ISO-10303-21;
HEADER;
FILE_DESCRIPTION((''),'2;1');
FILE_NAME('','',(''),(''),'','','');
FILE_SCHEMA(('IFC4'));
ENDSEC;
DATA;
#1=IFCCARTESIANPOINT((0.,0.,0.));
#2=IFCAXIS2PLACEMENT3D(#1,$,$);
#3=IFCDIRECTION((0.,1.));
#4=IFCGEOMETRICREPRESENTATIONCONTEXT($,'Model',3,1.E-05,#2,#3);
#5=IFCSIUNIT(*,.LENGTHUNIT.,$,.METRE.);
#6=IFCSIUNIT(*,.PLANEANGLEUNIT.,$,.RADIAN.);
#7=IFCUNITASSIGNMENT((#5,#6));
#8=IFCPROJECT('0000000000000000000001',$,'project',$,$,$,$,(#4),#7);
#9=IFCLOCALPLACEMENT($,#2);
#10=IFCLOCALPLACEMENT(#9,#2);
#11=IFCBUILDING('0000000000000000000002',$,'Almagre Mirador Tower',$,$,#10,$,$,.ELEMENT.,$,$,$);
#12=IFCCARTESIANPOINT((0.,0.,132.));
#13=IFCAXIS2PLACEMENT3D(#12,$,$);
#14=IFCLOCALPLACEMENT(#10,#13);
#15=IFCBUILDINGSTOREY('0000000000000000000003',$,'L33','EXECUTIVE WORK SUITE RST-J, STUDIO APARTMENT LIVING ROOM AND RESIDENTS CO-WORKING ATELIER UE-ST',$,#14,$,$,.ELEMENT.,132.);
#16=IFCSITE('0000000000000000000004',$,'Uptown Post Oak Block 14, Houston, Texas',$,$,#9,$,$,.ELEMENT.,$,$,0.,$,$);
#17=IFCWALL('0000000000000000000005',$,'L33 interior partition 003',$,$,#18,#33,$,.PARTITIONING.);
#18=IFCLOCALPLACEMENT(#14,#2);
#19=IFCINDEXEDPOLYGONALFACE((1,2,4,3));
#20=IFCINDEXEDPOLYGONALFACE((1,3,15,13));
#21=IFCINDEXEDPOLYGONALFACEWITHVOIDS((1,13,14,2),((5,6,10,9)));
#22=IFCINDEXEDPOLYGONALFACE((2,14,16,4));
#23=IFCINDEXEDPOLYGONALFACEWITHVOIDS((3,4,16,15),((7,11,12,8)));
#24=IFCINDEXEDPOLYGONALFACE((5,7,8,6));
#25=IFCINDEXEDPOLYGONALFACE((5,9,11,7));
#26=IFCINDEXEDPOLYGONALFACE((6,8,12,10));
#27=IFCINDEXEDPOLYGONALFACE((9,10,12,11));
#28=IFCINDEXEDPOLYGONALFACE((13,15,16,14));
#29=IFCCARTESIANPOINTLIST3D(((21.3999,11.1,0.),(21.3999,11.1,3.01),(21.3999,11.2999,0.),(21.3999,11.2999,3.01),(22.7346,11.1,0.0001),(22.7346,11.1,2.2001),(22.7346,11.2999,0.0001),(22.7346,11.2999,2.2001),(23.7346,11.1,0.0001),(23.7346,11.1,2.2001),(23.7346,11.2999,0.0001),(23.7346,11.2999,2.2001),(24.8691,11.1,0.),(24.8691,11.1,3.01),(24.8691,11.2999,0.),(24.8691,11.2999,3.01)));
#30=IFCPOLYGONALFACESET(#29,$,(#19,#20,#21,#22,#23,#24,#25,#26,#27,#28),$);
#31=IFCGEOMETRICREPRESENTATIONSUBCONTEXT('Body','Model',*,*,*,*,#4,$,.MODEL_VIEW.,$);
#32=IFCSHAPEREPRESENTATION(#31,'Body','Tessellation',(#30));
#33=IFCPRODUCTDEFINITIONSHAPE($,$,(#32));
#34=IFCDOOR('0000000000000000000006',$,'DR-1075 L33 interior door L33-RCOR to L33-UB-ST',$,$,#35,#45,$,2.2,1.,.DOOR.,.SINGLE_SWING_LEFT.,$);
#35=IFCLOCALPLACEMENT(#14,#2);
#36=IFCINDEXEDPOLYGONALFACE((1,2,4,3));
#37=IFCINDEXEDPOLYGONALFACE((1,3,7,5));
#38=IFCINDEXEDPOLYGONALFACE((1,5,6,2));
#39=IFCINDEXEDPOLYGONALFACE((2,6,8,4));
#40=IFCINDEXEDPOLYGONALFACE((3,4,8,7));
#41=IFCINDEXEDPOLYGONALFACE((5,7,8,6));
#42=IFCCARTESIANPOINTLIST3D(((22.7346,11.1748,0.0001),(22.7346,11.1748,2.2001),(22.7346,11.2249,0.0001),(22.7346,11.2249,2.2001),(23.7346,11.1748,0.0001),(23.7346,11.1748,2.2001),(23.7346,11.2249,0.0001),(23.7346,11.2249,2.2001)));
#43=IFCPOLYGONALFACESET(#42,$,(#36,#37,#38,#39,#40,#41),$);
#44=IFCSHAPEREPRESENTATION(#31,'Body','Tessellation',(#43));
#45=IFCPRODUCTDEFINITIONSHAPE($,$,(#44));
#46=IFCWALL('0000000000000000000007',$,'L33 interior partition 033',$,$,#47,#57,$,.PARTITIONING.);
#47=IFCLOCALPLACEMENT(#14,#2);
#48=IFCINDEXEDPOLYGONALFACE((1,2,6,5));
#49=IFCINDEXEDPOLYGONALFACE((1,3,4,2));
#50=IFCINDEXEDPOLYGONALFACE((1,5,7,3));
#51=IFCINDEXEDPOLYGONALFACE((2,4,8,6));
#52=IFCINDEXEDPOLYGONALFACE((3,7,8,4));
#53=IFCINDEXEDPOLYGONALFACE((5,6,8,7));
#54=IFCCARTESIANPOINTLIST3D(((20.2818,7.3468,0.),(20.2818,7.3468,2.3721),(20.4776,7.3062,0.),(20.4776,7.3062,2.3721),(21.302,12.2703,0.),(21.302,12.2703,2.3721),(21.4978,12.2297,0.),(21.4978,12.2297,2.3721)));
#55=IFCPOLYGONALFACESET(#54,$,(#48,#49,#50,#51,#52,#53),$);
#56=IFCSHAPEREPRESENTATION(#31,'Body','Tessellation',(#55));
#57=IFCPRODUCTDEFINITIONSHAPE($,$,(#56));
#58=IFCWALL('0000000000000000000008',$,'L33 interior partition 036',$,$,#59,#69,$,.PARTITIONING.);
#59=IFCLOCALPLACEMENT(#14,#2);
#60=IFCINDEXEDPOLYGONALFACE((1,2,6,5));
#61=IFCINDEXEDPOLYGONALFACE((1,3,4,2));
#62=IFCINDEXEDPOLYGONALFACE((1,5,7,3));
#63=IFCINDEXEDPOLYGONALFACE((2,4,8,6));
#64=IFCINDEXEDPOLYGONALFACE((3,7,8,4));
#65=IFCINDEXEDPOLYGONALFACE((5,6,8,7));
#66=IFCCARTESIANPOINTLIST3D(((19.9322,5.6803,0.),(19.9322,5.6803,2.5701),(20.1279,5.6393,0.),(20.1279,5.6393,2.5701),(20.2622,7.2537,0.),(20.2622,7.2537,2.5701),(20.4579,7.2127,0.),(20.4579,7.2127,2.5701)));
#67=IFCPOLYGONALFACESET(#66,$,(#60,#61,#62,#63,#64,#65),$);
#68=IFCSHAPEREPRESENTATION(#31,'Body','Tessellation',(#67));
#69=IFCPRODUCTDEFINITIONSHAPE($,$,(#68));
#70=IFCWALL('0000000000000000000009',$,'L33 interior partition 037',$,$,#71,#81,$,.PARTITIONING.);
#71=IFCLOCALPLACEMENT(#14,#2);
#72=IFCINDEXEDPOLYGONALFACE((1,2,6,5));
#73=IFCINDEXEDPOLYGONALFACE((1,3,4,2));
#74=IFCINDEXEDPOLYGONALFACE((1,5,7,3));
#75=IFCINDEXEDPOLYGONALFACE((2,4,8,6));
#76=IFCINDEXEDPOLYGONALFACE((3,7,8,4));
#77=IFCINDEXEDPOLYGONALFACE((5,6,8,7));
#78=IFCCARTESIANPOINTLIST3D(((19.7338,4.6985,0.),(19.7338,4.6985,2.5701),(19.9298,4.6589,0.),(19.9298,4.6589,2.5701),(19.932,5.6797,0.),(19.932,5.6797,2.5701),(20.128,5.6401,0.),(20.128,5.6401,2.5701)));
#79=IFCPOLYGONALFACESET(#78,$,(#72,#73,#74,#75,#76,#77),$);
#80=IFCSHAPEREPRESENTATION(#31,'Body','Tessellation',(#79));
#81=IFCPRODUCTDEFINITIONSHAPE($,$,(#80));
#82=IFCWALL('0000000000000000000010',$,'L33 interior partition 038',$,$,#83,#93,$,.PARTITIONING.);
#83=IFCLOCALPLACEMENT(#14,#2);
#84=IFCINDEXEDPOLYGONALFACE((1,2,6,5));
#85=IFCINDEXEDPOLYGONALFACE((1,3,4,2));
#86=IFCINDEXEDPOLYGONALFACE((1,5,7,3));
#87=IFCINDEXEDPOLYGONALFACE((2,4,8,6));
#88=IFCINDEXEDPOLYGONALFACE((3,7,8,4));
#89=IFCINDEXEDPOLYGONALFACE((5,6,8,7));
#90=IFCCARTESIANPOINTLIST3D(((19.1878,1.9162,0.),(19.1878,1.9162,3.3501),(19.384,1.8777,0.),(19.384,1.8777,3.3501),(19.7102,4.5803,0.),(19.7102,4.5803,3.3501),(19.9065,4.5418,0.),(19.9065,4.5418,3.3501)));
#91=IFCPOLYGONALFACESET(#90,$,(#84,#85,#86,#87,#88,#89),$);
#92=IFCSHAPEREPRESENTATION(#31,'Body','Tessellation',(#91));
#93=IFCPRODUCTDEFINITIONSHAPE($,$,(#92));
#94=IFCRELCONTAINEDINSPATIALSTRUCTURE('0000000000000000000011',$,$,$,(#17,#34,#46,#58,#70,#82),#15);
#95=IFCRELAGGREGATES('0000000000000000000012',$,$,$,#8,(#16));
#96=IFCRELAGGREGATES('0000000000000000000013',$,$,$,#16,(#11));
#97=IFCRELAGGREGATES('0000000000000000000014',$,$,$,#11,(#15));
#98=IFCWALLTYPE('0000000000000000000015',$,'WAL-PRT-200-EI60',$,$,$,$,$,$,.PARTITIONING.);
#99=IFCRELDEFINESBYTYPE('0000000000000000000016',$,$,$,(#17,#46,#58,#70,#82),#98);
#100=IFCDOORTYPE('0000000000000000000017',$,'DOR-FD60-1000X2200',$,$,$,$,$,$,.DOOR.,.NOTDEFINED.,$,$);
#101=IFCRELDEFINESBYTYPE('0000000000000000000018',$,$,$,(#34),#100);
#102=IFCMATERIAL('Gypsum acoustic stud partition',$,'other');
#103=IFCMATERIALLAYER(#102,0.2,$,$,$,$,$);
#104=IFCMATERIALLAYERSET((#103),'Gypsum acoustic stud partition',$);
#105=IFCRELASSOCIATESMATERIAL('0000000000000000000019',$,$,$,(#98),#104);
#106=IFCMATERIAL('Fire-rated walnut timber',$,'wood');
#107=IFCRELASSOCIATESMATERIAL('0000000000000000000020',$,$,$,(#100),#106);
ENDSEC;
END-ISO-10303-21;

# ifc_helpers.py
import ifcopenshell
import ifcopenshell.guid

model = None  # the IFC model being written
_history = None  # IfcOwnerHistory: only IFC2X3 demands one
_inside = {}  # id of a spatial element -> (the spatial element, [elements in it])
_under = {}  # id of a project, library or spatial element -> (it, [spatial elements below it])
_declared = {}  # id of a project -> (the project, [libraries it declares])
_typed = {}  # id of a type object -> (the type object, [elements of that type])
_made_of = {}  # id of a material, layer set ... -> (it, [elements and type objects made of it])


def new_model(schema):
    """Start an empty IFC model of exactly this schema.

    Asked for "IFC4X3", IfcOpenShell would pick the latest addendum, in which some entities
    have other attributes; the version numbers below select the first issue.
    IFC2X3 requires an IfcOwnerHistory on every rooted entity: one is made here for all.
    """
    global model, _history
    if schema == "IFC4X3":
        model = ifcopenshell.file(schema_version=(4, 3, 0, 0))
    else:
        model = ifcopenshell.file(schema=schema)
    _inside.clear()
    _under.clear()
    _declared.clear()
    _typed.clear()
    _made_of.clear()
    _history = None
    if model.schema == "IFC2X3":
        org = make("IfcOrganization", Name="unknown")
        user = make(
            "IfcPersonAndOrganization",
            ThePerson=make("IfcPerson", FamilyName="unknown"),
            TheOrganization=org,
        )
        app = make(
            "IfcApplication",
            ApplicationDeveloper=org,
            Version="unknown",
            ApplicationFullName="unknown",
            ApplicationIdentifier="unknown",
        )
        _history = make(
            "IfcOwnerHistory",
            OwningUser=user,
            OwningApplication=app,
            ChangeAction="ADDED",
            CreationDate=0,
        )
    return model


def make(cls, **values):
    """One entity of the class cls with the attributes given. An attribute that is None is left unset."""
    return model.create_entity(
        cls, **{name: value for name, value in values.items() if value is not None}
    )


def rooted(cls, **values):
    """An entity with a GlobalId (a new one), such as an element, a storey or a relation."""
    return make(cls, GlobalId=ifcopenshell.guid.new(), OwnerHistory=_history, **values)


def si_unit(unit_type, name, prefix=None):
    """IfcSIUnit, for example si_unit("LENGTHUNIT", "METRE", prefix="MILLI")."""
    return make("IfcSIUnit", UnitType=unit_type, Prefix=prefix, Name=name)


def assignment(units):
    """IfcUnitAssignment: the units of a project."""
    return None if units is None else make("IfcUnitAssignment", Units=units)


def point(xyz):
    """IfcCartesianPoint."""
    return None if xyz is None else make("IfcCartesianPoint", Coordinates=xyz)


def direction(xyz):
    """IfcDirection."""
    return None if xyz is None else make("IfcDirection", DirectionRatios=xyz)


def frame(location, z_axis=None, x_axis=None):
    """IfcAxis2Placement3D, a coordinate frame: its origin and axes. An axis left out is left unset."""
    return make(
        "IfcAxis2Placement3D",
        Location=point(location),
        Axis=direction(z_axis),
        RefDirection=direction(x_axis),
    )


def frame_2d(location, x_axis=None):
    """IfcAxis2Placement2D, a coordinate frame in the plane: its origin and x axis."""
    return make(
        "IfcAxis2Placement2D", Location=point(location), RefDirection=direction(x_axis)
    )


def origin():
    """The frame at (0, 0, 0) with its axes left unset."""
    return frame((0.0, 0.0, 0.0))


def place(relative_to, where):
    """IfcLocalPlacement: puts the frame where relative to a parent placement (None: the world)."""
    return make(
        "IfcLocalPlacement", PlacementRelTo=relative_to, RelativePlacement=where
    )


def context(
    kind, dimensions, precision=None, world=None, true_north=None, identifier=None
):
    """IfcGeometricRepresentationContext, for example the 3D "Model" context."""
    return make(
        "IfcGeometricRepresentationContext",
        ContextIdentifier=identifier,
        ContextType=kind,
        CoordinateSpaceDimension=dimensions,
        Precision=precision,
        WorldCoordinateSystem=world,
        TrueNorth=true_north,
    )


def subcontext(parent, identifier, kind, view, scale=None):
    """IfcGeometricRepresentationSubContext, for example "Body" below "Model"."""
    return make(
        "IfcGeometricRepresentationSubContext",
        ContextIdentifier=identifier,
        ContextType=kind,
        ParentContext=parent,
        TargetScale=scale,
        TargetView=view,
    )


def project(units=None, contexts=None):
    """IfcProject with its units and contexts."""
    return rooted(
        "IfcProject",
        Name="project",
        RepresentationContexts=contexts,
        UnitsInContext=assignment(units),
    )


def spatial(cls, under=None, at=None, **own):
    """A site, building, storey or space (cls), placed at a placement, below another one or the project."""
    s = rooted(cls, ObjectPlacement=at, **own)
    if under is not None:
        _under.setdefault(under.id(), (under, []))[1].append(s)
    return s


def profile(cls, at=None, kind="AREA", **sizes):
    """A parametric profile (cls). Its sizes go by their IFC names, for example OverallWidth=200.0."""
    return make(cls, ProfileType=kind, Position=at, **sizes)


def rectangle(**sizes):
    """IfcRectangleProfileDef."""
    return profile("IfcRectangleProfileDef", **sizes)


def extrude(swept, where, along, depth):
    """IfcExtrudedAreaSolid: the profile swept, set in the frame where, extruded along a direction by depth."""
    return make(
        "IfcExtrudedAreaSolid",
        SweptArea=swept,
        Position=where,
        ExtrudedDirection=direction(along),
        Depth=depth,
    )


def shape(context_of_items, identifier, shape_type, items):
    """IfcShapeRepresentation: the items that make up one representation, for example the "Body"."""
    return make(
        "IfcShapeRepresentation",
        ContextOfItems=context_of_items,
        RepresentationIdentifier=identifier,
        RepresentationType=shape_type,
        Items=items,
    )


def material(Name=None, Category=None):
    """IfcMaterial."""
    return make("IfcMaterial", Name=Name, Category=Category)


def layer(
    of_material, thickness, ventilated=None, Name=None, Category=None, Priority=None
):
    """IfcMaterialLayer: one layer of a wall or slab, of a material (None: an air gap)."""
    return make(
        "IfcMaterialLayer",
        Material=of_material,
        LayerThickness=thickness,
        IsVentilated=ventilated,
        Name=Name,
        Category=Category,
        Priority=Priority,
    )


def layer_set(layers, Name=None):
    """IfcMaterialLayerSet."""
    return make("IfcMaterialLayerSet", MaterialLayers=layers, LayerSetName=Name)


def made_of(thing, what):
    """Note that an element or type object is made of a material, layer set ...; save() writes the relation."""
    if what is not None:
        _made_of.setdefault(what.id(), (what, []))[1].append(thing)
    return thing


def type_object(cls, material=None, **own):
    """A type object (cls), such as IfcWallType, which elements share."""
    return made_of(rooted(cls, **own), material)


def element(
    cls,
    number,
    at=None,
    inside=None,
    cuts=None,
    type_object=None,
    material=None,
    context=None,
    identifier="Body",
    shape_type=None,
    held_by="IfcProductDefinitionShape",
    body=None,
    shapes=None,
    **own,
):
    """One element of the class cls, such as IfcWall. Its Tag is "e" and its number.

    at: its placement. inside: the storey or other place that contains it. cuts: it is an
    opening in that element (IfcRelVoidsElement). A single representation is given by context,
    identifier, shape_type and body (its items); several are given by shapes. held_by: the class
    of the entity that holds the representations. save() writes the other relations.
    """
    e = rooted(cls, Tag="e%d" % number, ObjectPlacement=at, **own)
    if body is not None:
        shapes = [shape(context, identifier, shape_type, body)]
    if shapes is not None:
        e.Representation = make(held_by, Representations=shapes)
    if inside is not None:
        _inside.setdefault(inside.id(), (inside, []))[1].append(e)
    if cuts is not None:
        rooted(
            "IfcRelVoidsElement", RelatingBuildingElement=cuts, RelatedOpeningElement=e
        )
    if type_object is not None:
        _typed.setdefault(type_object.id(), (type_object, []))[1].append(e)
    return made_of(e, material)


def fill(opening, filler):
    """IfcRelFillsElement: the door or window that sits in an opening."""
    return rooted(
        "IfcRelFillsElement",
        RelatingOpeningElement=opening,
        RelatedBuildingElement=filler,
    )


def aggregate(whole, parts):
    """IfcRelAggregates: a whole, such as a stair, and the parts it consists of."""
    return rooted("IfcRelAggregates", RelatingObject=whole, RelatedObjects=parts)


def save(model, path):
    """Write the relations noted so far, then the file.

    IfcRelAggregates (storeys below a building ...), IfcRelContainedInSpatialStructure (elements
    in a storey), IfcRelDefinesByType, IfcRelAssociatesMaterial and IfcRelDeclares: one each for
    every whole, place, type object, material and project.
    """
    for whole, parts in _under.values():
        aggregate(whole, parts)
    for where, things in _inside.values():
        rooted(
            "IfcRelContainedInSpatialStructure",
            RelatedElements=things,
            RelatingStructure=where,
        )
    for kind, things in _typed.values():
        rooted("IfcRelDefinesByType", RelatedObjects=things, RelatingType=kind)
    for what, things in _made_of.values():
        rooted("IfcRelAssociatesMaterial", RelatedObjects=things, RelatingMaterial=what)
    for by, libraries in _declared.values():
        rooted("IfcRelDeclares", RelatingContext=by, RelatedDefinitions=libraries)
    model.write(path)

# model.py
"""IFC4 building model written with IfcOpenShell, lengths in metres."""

from ifc_helpers import new_model, si_unit, direction, frame, frame_2d, origin, place, context, subcontext, project, spatial, rectangle, extrude, material, layer, layer_set, type_object, element, fill, save


model = new_model("IFC4")

# Units and contexts
model_context = context("Model", 3, precision=1e-05, world=origin(), true_north=direction((0.0, 1.0)))
body_context = subcontext(model_context, "Body", "Model", "MODEL_VIEW")
ifc_project = project(units=[si_unit("LENGTHUNIT", "METRE"), si_unit("PLANEANGLEUNIT", "RADIAN")], contexts=[model_context])

# Site, building, storey
site_placement = place(None, origin())
site = spatial("IfcSite", under=ifc_project, at=site_placement, Name="Uptown Post Oak Block 14, Houston, Texas", CompositionType="ELEMENT", RefElevation=0.0)
building_placement = place(site_placement, origin())
building = spatial("IfcBuilding", under=site, at=building_placement, Name="Almagre Mirador Tower", CompositionType="ELEMENT")
storey_placement = place(building_placement, frame((0.0, 0.0, 132.0)))
storey = spatial("IfcBuildingStorey", under=building, at=storey_placement, Name="L33", Description="EXECUTIVE WORK SUITE RST-J, STUDIO APARTMENT LIVING ROOM AND RESIDENTS CO-WORKING ATELIER UE-ST", CompositionType="ELEMENT", Elevation=132.0)

# Wall, opening, door
ifc_material_1 = material(Name="Gypsum acoustic stud partition", Category="other")
ifc_layer_1 = layer(ifc_material_1, 0.2)
ifc_layer_set_1 = layer_set([ifc_layer_1], Name="Gypsum acoustic stud partition")
wall_type_1 = type_object("IfcWallType", Name="WAL-PRT-200-EI60", PredefinedType="PARTITIONING", material=ifc_layer_set_1)
wall_1_placement = place(storey_placement, frame((21.3999, 11.2, 0.0), z_axis=(0.0, 0.0, 1.0), x_axis=(1.0, 0.0, 0.0)))
wall_1 = element("IfcWall", 1, at=wall_1_placement, inside=storey, type_object=wall_type_1, Name="L33 interior partition 003", PredefinedType="PARTITIONING", context=body_context, shape_type="SweptSolid", body=[
    extrude(rectangle(XDim=3.4692, YDim=0.2, at=frame_2d((1.7346, 0.0))), origin(), (0.0, 0.0, 1.0), 3.01),
])
opening_1_placement = place(wall_1_placement, frame((1.3347, 0.0, 0.0)))
opening_1 = element("IfcOpeningElement", 2, at=opening_1_placement, cuts=wall_1, PredefinedType="OPENING", context=body_context, shape_type="SweptSolid", body=[
    extrude(rectangle(XDim=1.0, YDim=2.2, at=frame_2d((0.5, 1.1001))), frame((0.0, 0.1101, 0.0), z_axis=(0.0, -1.0, 0.0), x_axis=(1.0, 0.0, 0.0)), (0.0, 0.0, 1.0), 0.22),
])
ifc_material_2 = material(Name="Fire-rated walnut timber", Category="wood")
door_type_1 = type_object("IfcDoorType", Name="DOR-FD60-1000X2200", OperationType="NOTDEFINED", PredefinedType="DOOR", material=ifc_material_2)
door_1_placement = place(opening_1_placement, origin())
door_1 = element("IfcDoor", 3, at=door_1_placement, inside=storey, type_object=door_type_1, Name="DR-1075 L33 interior door L33-RCOR to L33-UB-ST", OperationType="SINGLE_SWING_LEFT", OverallHeight=2.2, OverallWidth=1.0, PredefinedType="DOOR", context=body_context, shape_type="SweptSolid", body=[
    extrude(rectangle(XDim=1.0, YDim=2.2, at=frame_2d((0.5, 1.1001))), frame((0.0, 0.0249, 0.0), z_axis=(0.0, -1.0, 0.0), x_axis=(1.0, 0.0, 0.0)), (0.0, 0.0, 1.0), 0.05),
])
fill(opening_1, door_1)

# Walls
wall_2_placement = place(storey_placement, frame((20.3796, 7.3264, 0.0), z_axis=(0.0, 0.0, 1.0), x_axis=(0.202909, 0.979198, 0.0)))
element("IfcWall", 4, at=wall_2_placement, inside=storey, type_object=wall_type_1, Name="L33 interior partition 033", PredefinedType="PARTITIONING", context=body_context, shape_type="SweptSolid", body=[
    extrude(rectangle(XDim=5.0281, YDim=0.2, at=frame_2d((2.5142, 0.0))), origin(), (0.0, 0.0, 1.0), 2.3721),
])
wall_3_placement = place(storey_placement, frame((20.03, 5.6599, 0.0), z_axis=(0.0, 0.0, 1.0), x_axis=(0.205306, 0.978698, 0.0)))
element("IfcWall", 5, at=wall_3_placement, inside=storey, type_object=wall_type_1, Name="L33 interior partition 036", PredefinedType="PARTITIONING", context=body_context, shape_type="SweptSolid", body=[
    extrude(rectangle(XDim=1.6077, YDim=0.2, at=frame_2d((0.8037, 0.0))), origin(), (0.0, 0.0, 1.0), 2.5701),
])
wall_4_placement = place(storey_placement, frame((19.8318, 4.6787, 0.0), z_axis=(0.0, 0.0, 1.0), x_axis=(0.198039, 0.980194, 0.0)))
element("IfcWall", 6, at=wall_4_placement, inside=storey, type_object=wall_type_1, Name="L33 interior partition 037", PredefinedType="PARTITIONING", context=body_context, shape_type="SweptSolid", body=[
    extrude(rectangle(XDim=1.001, YDim=0.2, at=frame_2d((0.5005, 0.0))), origin(), (0.0, 0.0, 1.0), 2.5701),
])
wall_5_placement = place(storey_placement, frame((19.2859, 1.897, 0.0), z_axis=(0.0, 0.0, 1.0), x_axis=(0.192448, 0.981307, 0.0)))
element("IfcWall", 7, at=wall_5_placement, inside=storey, type_object=wall_type_1, Name="L33 interior partition 038", PredefinedType="PARTITIONING", context=body_context, shape_type="SweptSolid", body=[
    extrude(rectangle(XDim=2.7148, YDim=0.2, at=frame_2d((1.3574, 0.0))), origin(), (0.0, 0.0, 1.0), 3.3501),
])

save(model, "model.ifc")
